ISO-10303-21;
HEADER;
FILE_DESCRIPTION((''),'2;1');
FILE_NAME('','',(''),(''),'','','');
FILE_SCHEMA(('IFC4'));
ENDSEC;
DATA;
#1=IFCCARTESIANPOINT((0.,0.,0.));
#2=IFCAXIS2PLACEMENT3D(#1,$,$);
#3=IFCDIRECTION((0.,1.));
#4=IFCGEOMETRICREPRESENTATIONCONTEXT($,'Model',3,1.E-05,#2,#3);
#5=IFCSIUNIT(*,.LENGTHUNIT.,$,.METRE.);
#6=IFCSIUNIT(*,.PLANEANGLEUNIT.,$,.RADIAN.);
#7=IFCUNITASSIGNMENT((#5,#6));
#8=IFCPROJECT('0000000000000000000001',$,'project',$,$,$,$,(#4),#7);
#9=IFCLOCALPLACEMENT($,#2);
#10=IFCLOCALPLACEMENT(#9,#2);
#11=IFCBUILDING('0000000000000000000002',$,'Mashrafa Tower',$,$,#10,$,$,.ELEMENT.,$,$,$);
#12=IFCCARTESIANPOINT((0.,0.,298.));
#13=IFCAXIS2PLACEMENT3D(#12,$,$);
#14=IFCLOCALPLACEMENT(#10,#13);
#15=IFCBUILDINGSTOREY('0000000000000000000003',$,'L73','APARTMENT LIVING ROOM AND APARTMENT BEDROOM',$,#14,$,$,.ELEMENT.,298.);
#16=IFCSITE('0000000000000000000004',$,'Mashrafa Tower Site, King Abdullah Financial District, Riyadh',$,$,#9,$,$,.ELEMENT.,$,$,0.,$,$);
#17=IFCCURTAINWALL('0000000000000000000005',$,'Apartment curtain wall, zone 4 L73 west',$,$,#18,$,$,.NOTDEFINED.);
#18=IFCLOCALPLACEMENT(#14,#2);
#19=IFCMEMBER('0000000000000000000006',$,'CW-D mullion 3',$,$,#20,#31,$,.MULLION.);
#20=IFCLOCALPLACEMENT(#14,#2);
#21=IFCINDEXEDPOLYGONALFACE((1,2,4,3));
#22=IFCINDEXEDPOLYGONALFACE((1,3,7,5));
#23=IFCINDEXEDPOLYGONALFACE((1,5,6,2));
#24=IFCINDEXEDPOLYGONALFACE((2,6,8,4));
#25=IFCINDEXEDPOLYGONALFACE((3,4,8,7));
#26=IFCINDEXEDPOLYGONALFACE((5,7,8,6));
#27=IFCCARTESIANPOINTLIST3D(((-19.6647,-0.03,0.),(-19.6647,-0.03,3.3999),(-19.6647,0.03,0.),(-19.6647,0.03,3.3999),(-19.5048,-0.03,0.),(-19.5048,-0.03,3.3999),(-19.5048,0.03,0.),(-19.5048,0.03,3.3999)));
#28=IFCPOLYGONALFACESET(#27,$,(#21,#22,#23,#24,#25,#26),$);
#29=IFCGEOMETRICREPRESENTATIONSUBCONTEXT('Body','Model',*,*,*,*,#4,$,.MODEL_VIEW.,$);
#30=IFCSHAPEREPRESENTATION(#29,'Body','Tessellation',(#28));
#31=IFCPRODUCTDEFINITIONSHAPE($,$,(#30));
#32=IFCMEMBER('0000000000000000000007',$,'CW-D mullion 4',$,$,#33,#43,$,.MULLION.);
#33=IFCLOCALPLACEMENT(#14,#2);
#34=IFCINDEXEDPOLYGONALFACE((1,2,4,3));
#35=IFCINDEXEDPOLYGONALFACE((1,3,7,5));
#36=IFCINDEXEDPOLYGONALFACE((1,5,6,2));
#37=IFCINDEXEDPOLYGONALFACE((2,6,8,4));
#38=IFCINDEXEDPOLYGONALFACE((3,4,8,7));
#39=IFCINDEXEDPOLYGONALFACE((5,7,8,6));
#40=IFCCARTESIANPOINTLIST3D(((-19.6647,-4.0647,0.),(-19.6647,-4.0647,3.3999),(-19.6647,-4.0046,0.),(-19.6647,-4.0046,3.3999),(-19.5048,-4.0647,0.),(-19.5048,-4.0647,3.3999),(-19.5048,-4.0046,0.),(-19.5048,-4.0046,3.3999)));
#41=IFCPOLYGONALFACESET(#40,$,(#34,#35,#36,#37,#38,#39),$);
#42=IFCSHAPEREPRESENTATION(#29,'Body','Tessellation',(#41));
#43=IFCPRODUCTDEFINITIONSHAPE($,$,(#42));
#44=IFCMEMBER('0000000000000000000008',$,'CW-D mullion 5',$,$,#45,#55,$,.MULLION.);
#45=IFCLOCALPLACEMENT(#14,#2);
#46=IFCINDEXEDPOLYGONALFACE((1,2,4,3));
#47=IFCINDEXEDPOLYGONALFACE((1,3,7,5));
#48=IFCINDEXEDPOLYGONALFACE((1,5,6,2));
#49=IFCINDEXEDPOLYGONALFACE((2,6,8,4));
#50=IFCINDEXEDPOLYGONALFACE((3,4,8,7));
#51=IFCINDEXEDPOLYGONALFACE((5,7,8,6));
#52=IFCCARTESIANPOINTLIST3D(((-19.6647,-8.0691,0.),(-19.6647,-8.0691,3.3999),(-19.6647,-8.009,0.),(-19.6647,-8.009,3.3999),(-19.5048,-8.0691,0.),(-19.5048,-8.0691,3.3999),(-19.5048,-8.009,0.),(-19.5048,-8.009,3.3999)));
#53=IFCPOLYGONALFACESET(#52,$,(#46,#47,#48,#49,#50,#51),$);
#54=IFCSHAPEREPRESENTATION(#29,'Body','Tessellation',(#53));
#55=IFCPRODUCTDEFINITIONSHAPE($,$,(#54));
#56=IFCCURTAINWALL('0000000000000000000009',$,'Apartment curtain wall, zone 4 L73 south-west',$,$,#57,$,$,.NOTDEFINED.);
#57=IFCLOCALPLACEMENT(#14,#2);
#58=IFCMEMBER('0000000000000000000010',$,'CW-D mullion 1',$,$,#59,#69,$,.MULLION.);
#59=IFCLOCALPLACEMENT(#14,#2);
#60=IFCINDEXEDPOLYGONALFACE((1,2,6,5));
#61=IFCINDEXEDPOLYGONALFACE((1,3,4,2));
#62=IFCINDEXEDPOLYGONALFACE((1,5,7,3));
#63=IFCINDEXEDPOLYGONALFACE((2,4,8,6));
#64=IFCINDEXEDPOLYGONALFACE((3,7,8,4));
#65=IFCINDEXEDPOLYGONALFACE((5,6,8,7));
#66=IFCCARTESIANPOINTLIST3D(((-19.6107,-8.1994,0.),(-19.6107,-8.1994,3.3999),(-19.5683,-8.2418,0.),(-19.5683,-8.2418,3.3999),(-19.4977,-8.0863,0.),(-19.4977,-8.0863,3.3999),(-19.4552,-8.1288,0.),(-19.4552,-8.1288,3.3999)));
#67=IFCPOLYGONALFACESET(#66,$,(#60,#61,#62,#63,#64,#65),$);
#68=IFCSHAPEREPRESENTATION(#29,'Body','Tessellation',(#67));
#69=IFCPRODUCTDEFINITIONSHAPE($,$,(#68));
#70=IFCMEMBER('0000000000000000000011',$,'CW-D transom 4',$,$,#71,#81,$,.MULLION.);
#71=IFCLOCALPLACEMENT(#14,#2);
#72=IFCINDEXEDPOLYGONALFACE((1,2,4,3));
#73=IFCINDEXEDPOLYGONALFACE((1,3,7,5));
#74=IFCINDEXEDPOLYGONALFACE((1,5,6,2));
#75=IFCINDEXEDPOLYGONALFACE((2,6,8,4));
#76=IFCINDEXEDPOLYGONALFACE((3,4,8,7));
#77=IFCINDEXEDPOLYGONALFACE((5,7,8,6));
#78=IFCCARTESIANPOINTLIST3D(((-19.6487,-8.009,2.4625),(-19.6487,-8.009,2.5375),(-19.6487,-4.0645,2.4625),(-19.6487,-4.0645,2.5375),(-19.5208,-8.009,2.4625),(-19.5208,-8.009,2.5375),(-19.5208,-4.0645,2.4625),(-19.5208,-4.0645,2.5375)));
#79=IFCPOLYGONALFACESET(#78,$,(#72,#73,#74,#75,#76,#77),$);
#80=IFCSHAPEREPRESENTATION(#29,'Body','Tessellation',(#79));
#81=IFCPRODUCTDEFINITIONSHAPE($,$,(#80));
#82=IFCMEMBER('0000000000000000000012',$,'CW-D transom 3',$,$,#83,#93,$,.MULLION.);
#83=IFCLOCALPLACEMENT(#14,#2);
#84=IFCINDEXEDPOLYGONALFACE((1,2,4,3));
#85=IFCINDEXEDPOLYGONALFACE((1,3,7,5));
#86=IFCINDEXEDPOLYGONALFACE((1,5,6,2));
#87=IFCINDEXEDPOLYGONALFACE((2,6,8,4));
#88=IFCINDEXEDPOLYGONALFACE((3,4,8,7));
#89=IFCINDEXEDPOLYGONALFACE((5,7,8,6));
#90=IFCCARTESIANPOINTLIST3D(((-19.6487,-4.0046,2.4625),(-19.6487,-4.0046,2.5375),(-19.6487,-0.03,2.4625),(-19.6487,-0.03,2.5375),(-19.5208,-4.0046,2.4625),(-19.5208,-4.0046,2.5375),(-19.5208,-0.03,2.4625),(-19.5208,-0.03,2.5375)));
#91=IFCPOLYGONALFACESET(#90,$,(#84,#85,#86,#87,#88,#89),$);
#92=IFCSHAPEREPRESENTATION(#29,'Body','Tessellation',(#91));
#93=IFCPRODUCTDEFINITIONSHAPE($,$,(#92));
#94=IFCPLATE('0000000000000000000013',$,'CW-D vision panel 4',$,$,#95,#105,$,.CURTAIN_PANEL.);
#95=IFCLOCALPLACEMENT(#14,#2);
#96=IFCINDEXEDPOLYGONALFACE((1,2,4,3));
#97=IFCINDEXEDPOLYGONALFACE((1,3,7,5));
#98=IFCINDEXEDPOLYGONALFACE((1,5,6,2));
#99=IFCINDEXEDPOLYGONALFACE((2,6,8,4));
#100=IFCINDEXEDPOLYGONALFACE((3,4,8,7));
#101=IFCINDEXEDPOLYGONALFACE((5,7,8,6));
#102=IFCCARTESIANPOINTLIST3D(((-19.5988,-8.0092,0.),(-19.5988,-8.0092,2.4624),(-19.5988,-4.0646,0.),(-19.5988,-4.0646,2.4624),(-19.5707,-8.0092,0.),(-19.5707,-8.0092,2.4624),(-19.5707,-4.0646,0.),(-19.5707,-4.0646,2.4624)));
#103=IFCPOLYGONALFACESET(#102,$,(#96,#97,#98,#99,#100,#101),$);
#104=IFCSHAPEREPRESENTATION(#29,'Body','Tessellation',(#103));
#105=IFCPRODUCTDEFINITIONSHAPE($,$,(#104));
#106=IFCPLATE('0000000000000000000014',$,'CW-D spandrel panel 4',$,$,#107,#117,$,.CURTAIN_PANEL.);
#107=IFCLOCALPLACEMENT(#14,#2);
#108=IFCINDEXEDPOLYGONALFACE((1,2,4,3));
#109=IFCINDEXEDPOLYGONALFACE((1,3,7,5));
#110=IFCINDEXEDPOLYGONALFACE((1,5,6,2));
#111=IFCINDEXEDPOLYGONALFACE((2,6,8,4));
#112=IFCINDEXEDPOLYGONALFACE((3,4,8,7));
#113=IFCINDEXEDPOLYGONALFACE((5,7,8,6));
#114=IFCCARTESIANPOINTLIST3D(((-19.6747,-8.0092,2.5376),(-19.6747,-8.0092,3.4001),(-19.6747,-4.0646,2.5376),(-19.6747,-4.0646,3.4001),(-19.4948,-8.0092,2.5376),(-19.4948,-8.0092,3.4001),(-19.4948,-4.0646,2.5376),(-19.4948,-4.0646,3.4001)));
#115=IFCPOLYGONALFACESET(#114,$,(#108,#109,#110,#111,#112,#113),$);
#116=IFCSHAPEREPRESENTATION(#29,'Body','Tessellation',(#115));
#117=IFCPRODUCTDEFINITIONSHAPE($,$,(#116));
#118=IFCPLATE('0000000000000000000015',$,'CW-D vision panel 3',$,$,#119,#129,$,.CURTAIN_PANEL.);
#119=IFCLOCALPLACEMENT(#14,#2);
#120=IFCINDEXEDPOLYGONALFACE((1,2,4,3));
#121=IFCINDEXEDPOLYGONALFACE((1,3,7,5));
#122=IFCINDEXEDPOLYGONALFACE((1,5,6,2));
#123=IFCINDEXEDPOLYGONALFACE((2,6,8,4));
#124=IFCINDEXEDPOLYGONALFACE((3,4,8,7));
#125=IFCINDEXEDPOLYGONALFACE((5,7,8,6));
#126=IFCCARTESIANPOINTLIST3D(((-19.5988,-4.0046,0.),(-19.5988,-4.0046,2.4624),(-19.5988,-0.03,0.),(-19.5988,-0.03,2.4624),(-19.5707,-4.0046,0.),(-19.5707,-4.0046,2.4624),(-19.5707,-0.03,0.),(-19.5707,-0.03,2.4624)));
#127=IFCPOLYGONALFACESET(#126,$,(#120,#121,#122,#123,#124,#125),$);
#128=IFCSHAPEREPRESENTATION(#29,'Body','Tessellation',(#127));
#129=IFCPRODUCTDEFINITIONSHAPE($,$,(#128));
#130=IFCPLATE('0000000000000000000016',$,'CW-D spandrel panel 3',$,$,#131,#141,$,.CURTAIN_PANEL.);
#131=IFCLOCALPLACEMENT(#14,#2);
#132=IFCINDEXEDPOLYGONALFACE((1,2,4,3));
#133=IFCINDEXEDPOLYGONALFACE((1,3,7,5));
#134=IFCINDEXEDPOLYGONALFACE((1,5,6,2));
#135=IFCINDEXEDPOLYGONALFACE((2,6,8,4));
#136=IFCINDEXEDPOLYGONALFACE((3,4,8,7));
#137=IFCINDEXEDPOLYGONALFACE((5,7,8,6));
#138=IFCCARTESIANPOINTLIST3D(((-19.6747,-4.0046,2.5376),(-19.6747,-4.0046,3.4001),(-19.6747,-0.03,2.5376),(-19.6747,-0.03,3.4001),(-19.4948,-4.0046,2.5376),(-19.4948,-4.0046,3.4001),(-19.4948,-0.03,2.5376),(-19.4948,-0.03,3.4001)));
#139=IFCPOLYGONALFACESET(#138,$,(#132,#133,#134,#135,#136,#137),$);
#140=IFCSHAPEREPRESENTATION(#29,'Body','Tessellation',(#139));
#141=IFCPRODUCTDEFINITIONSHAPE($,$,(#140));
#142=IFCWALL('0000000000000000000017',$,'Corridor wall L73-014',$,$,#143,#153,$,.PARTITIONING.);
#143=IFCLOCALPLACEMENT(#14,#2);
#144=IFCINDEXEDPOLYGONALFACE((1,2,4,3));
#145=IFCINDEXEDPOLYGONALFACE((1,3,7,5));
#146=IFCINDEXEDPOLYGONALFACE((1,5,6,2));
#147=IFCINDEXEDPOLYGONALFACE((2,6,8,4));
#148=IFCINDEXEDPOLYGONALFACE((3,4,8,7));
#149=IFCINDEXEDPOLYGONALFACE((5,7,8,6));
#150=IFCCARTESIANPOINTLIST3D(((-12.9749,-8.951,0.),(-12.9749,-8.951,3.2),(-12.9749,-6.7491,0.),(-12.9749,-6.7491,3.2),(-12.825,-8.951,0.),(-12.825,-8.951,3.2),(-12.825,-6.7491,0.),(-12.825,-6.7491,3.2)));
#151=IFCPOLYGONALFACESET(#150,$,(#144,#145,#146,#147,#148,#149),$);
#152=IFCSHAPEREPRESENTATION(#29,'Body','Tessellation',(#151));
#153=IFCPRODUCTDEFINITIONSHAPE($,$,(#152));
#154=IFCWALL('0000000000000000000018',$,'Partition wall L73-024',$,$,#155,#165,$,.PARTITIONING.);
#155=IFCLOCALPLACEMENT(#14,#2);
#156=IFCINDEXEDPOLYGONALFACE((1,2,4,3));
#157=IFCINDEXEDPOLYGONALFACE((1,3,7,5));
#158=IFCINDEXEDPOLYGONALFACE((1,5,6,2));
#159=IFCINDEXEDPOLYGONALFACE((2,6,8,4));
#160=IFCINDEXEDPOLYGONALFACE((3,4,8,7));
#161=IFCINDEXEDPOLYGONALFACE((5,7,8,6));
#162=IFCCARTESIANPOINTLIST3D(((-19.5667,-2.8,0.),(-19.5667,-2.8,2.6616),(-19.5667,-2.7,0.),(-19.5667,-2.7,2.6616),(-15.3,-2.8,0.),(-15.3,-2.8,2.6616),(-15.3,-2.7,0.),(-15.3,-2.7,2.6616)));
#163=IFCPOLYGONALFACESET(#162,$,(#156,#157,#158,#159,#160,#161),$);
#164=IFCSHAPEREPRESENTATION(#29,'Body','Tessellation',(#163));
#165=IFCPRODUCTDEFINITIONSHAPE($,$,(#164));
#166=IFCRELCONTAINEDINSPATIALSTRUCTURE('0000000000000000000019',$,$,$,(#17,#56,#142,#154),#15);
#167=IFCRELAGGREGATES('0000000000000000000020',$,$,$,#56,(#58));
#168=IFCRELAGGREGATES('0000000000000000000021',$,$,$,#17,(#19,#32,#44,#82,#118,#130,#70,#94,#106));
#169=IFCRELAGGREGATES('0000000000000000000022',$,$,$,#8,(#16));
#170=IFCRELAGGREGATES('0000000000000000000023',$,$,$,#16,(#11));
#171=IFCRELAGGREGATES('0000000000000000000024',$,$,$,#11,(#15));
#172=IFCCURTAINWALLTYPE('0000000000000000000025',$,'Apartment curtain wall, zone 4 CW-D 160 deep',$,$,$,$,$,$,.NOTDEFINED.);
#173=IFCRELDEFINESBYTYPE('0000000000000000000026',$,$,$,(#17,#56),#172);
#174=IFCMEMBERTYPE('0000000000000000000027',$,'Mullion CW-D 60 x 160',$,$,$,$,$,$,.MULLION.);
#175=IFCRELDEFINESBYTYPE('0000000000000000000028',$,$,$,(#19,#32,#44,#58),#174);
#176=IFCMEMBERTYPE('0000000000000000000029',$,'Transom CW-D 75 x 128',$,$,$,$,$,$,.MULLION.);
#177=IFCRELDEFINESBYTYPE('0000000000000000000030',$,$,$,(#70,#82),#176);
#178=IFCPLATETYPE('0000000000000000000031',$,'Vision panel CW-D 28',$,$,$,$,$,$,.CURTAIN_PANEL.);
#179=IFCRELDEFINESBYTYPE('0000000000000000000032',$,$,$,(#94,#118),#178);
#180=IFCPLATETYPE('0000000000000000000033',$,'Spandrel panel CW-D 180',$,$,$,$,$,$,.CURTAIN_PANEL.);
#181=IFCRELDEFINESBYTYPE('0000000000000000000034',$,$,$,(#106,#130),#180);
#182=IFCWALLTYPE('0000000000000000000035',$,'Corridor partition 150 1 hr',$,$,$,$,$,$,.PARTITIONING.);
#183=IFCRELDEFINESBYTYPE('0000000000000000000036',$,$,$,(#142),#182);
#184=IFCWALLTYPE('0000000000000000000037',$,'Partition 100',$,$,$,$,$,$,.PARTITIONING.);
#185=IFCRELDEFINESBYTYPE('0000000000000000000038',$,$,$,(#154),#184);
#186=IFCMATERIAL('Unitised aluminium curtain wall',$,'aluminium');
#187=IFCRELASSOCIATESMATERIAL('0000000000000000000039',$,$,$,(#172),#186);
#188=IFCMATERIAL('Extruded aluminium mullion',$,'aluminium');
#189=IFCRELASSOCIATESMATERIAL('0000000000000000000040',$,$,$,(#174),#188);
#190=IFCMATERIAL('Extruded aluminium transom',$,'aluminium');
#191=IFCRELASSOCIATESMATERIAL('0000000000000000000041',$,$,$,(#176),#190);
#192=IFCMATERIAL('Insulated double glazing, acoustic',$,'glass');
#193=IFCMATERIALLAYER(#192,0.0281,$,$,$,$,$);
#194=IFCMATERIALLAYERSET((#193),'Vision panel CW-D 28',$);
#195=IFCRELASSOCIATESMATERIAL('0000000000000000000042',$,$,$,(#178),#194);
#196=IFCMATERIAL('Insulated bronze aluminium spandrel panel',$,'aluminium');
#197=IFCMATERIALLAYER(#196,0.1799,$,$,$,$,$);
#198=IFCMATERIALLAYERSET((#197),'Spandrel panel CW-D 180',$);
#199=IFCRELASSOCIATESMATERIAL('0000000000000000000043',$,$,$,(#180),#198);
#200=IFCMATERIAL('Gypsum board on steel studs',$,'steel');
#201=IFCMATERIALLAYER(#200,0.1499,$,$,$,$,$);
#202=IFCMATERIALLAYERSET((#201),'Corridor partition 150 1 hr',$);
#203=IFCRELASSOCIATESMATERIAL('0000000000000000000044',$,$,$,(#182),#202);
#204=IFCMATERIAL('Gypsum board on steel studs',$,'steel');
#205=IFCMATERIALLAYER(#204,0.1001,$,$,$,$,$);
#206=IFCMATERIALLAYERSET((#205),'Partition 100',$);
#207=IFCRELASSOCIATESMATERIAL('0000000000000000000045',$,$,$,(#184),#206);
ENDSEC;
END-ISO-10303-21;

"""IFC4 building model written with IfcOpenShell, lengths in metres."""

from ifc_helpers import new_model, si_unit, direction, frame, frame_2d, origin, origin_2d, place, context, subcontext, project, spatial, rectangle, extrude, source, transform, mapped, material, layer, layer_set, material_profile, profile_set, type_object, type_shapes, element, aggregate, save


model = new_model("IFC4")

# Units and contexts
model_context = context("Model", 3, precision=1e-05, world=origin(), true_north=direction((0.0, 1.0)))
body_context = subcontext(model_context, "Body", "Model", "MODEL_VIEW")
ifc_project = project(units=[si_unit("LENGTHUNIT", "METRE"), si_unit("PLANEANGLEUNIT", "RADIAN")], contexts=[model_context])

# Site, building, storey
site_placement = place(None, origin())
site = spatial("IfcSite", under=ifc_project, at=site_placement, Name="Mashrafa Tower Site, King Abdullah Financial District, Riyadh", CompositionType="ELEMENT", RefElevation=0.0)
building_placement = place(site_placement, origin())
building = spatial("IfcBuilding", under=site, at=building_placement, Name="Mashrafa Tower", CompositionType="ELEMENT")
storey_placement = place(building_placement, frame((0.0, 0.0, 298.0)))
storey = spatial("IfcBuildingStorey", under=building, at=storey_placement, Name="L73", Description="APARTMENT LIVING ROOM AND APARTMENT BEDROOM", CompositionType="ELEMENT", Elevation=298.0)

# Curtain wall, members
ifc_material_1 = material(Name="Unitised aluminium curtain wall", Category="aluminium")
curtain_wall_type = type_object("IfcCurtainWallType", Name="Apartment curtain wall, zone 4 CW-D 160 deep", PredefinedType="NOTDEFINED", material=ifc_material_1)
curtain_wall_1_placement = place(storey_placement, origin())
curtain_wall_1 = element("IfcCurtainWall", 1, at=curtain_wall_1_placement, inside=storey, type_object=curtain_wall_type, Name="Apartment curtain wall, zone 4 L73 west", PredefinedType="NOTDEFINED")
ifc_material_2 = material(Name="Extruded aluminium mullion", Category="aluminium")
ifc_material_profile_1 = material_profile(ifc_material_2, rectangle(XDim=0.1599, YDim=0.0601, at=origin_2d()), Name="Mullion 60x160")
ifc_profile_set_1 = profile_set([ifc_material_profile_1], Name="Extruded aluminium mullion")
member_type_1 = type_object("IfcMemberType", Name="Mullion CW-D 60 x 160", PredefinedType="MULLION", material=ifc_profile_set_1)
shared_shape_1 = source(origin(), body_context, "Body", "SweptSolid", [
    extrude(rectangle(XDim=0.1599, YDim=0.0601, at=origin_2d()), origin(), (0.0, 0.0, 1.0), 3.3999),
])
type_shapes(member_type_1, [shared_shape_1])
member_1_placement = place(storey_placement, frame((-19.5847, 0.0, 0.0), z_axis=(0.0, 0.0, 1.0), x_axis=(1.0, 0.0, 0.0)))
member_1 = element("IfcMember", 2, at=member_1_placement, type_object=member_type_1, Name="CW-D mullion 3", PredefinedType="MULLION", context=body_context, shape_type="MappedRepresentation", body=[
    mapped(shared_shape_1, transform((0.0, 0.0, 0.0))),
])
member_2_placement = place(storey_placement, frame((-19.5847, -4.0347, 0.0), z_axis=(0.0, 0.0, 1.0), x_axis=(1.0, 0.0, 0.0)))
member_2 = element("IfcMember", 3, at=member_2_placement, type_object=member_type_1, Name="CW-D mullion 4", PredefinedType="MULLION", context=body_context, shape_type="MappedRepresentation", body=[
    mapped(shared_shape_1, transform((0.0, 0.0, 0.0))),
])
member_3_placement = place(storey_placement, frame((-19.5847, -8.0391, 0.0), z_axis=(0.0, 0.0, 1.0), x_axis=(1.0, 0.0, 0.0)))
member_3 = element("IfcMember", 4, at=member_3_placement, type_object=member_type_1, Name="CW-D mullion 5", PredefinedType="MULLION", context=body_context, shape_type="MappedRepresentation", body=[
    mapped(shared_shape_1, transform((0.0, 0.0, 0.0))),
])

# Curtain wall, member
curtain_wall_2_placement = place(storey_placement, origin())
curtain_wall_2 = element("IfcCurtainWall", 5, at=curtain_wall_2_placement, inside=storey, type_object=curtain_wall_type, Name="Apartment curtain wall, zone 4 L73 south-west", PredefinedType="NOTDEFINED")
member_4_placement = place(storey_placement, frame((-19.533, -8.1641, 0.0), z_axis=(0.0, 0.0, 1.0), x_axis=(0.707107, 0.707107, 0.0)))
member_4 = element("IfcMember", 6, at=member_4_placement, type_object=member_type_1, Name="CW-D mullion 1", PredefinedType="MULLION", context=body_context, shape_type="MappedRepresentation", body=[
    mapped(shared_shape_1, transform((0.0, 0.0, 0.0))),
])
aggregate(curtain_wall_2, [member_4])

# Members
ifc_material_3 = material(Name="Extruded aluminium transom", Category="aluminium")
ifc_material_profile_2 = material_profile(ifc_material_3, rectangle(XDim=0.1279, YDim=0.075, at=origin_2d()), Name="Transom 75x128")
ifc_profile_set_2 = profile_set([ifc_material_profile_2], Name="Extruded aluminium transom")
member_type_2 = type_object("IfcMemberType", Name="Transom CW-D 75 x 128", PredefinedType="MULLION", material=ifc_profile_set_2)
shared_shape_2 = source(origin(), body_context, "Body", "SweptSolid", [
    extrude(rectangle(XDim=0.1279, YDim=0.075, at=origin_2d()), origin(), (0.0, 0.0, 1.0), 3.9446),
])
member_5_placement = place(storey_placement, frame((-19.5847, -4.0645, 2.5), z_axis=(0.0, -1.0, 0.0), x_axis=(1.0, 0.0, 0.0)))
member_5 = element("IfcMember", 7, at=member_5_placement, type_object=member_type_2, Name="CW-D transom 4", PredefinedType="MULLION", context=body_context, shape_type="MappedRepresentation", body=[
    mapped(shared_shape_2, transform((0.0, 0.0, 0.0))),
])
shared_shape_3 = source(origin(), body_context, "Body", "SweptSolid", [
    extrude(rectangle(XDim=0.1279, YDim=0.075, at=origin_2d()), origin(), (0.0, 0.0, 1.0), 3.9746),
])
type_shapes(member_type_2, [shared_shape_2, shared_shape_3])
member_6_placement = place(storey_placement, frame((-19.5847, -0.03, 2.5), z_axis=(0.0, -1.0, 0.0), x_axis=(1.0, 0.0, 0.0)))
member_6 = element("IfcMember", 8, at=member_6_placement, type_object=member_type_2, Name="CW-D transom 3", PredefinedType="MULLION", context=body_context, shape_type="MappedRepresentation", body=[
    mapped(shared_shape_3, transform((0.0, 0.0, 0.0))),
])

# Plates
ifc_material_4 = material(Name="Insulated double glazing, acoustic", Category="glass")
ifc_layer_1 = layer(ifc_material_4, 0.0281)
ifc_layer_set_1 = layer_set([ifc_layer_1], Name="Vision panel CW-D 28")
plate_type_1 = type_object("IfcPlateType", Name="Vision panel CW-D 28", PredefinedType="CURTAIN_PANEL", material=ifc_layer_set_1)
shared_shape_4 = source(origin(), body_context, "Body", "SweptSolid", [
    extrude(rectangle(XDim=3.9446, YDim=0.0281, at=origin_2d()), origin(), (0.0, 0.0, 1.0), 2.4624),
])
plate_1_placement = place(storey_placement, frame((-19.5847, -6.0369, 0.0), z_axis=(0.0, 0.0, 1.0), x_axis=(0.0, -1.0, 0.0)))
plate_1 = element("IfcPlate", 9, at=plate_1_placement, type_object=plate_type_1, Name="CW-D vision panel 4", PredefinedType="CURTAIN_PANEL", context=body_context, shape_type="MappedRepresentation", body=[
    mapped(shared_shape_4, transform((0.0, 0.0, 0.0))),
])
ifc_material_5 = material(Name="Insulated bronze aluminium spandrel panel", Category="aluminium")
ifc_layer_2 = layer(ifc_material_5, 0.1799)
ifc_layer_set_2 = layer_set([ifc_layer_2], Name="Spandrel panel CW-D 180")
plate_type_2 = type_object("IfcPlateType", Name="Spandrel panel CW-D 180", PredefinedType="CURTAIN_PANEL", material=ifc_layer_set_2)
shared_shape_5 = source(origin(), body_context, "Body", "SweptSolid", [
    extrude(rectangle(XDim=3.9446, YDim=0.1799, at=origin_2d()), origin(), (0.0, 0.0, 1.0), 0.8625),
])
plate_2_placement = place(storey_placement, frame((-19.5847, -6.0369, 2.5376), z_axis=(0.0, 0.0, 1.0), x_axis=(0.0, -1.0, 0.0)))
plate_2 = element("IfcPlate", 10, at=plate_2_placement, type_object=plate_type_2, Name="CW-D spandrel panel 4", PredefinedType="CURTAIN_PANEL", context=body_context, shape_type="MappedRepresentation", body=[
    mapped(shared_shape_5, transform((0.0, 0.0, 0.0))),
])
shared_shape_6 = source(origin(), body_context, "Body", "SweptSolid", [
    extrude(rectangle(XDim=3.9746, YDim=0.0281, at=origin_2d()), origin(), (0.0, 0.0, 1.0), 2.4624),
])
type_shapes(plate_type_1, [shared_shape_4, shared_shape_6])
plate_3_placement = place(storey_placement, frame((-19.5847, -2.0173, 0.0), z_axis=(0.0, 0.0, 1.0), x_axis=(0.0, -1.0, 0.0)))
plate_3 = element("IfcPlate", 11, at=plate_3_placement, type_object=plate_type_1, Name="CW-D vision panel 3", PredefinedType="CURTAIN_PANEL", context=body_context, shape_type="MappedRepresentation", body=[
    mapped(shared_shape_6, transform((0.0, 0.0, 0.0))),
])
shared_shape_7 = source(origin(), body_context, "Body", "SweptSolid", [
    extrude(rectangle(XDim=3.9746, YDim=0.1799, at=origin_2d()), origin(), (0.0, 0.0, 1.0), 0.8625),
])
type_shapes(plate_type_2, [shared_shape_5, shared_shape_7])
plate_4_placement = place(storey_placement, frame((-19.5847, -2.0173, 2.5376), z_axis=(0.0, 0.0, 1.0), x_axis=(0.0, -1.0, 0.0)))
plate_4 = element("IfcPlate", 12, at=plate_4_placement, type_object=plate_type_2, Name="CW-D spandrel panel 3", PredefinedType="CURTAIN_PANEL", context=body_context, shape_type="MappedRepresentation", body=[
    mapped(shared_shape_7, transform((0.0, 0.0, 0.0))),
])
aggregate(curtain_wall_1, [member_1, member_2, member_3, member_6, plate_3, plate_4, member_5, plate_1, plate_2])

# Walls
ifc_material_6 = material(Name="Gypsum board on steel studs", Category="steel")
ifc_layer_3 = layer(ifc_material_6, 0.1499)
ifc_layer_set_3 = layer_set([ifc_layer_3], Name="Corridor partition 150 1 hr")
wall_type_1 = type_object("IfcWallType", Name="Corridor partition 150 1 hr", PredefinedType="PARTITIONING", material=ifc_layer_set_3)
wall_1_placement = place(storey_placement, frame((-12.8999, -6.749, 0.0), z_axis=(0.0, 0.0, 1.0), x_axis=(0.0, -1.0, 0.0)))
element("IfcWall", 13, at=wall_1_placement, inside=storey, type_object=wall_type_1, Name="Corridor wall L73-014", PredefinedType="PARTITIONING", context=body_context, shape_type="SweptSolid", body=[
    extrude(rectangle(XDim=2.2019, YDim=0.1499, at=frame_2d((1.1011, 0.0))), origin(), (0.0, 0.0, 1.0), 3.2),
])
ifc_material_7 = material(Name="Gypsum board on steel studs", Category="steel")
ifc_layer_4 = layer(ifc_material_7, 0.1001)
ifc_layer_set_4 = layer_set([ifc_layer_4], Name="Partition 100")
wall_type_2 = type_object("IfcWallType", Name="Partition 100", PredefinedType="PARTITIONING", material=ifc_layer_set_4)
wall_2_placement = place(storey_placement, frame((-15.3, -2.75, 0.0), z_axis=(0.0, 0.0, 1.0), x_axis=(-1.0, 0.0, 0.0)))
element("IfcWall", 14, at=wall_2_placement, inside=storey, type_object=wall_type_2, Name="Partition wall L73-024", PredefinedType="PARTITIONING", context=body_context, shape_type="SweptSolid", body=[
    extrude(rectangle(XDim=4.2666, YDim=0.1001, at=frame_2d((2.1333, 0.0))), origin(), (0.0, 0.0, 1.0), 2.6616),
])

save(model, "model.ifc")
